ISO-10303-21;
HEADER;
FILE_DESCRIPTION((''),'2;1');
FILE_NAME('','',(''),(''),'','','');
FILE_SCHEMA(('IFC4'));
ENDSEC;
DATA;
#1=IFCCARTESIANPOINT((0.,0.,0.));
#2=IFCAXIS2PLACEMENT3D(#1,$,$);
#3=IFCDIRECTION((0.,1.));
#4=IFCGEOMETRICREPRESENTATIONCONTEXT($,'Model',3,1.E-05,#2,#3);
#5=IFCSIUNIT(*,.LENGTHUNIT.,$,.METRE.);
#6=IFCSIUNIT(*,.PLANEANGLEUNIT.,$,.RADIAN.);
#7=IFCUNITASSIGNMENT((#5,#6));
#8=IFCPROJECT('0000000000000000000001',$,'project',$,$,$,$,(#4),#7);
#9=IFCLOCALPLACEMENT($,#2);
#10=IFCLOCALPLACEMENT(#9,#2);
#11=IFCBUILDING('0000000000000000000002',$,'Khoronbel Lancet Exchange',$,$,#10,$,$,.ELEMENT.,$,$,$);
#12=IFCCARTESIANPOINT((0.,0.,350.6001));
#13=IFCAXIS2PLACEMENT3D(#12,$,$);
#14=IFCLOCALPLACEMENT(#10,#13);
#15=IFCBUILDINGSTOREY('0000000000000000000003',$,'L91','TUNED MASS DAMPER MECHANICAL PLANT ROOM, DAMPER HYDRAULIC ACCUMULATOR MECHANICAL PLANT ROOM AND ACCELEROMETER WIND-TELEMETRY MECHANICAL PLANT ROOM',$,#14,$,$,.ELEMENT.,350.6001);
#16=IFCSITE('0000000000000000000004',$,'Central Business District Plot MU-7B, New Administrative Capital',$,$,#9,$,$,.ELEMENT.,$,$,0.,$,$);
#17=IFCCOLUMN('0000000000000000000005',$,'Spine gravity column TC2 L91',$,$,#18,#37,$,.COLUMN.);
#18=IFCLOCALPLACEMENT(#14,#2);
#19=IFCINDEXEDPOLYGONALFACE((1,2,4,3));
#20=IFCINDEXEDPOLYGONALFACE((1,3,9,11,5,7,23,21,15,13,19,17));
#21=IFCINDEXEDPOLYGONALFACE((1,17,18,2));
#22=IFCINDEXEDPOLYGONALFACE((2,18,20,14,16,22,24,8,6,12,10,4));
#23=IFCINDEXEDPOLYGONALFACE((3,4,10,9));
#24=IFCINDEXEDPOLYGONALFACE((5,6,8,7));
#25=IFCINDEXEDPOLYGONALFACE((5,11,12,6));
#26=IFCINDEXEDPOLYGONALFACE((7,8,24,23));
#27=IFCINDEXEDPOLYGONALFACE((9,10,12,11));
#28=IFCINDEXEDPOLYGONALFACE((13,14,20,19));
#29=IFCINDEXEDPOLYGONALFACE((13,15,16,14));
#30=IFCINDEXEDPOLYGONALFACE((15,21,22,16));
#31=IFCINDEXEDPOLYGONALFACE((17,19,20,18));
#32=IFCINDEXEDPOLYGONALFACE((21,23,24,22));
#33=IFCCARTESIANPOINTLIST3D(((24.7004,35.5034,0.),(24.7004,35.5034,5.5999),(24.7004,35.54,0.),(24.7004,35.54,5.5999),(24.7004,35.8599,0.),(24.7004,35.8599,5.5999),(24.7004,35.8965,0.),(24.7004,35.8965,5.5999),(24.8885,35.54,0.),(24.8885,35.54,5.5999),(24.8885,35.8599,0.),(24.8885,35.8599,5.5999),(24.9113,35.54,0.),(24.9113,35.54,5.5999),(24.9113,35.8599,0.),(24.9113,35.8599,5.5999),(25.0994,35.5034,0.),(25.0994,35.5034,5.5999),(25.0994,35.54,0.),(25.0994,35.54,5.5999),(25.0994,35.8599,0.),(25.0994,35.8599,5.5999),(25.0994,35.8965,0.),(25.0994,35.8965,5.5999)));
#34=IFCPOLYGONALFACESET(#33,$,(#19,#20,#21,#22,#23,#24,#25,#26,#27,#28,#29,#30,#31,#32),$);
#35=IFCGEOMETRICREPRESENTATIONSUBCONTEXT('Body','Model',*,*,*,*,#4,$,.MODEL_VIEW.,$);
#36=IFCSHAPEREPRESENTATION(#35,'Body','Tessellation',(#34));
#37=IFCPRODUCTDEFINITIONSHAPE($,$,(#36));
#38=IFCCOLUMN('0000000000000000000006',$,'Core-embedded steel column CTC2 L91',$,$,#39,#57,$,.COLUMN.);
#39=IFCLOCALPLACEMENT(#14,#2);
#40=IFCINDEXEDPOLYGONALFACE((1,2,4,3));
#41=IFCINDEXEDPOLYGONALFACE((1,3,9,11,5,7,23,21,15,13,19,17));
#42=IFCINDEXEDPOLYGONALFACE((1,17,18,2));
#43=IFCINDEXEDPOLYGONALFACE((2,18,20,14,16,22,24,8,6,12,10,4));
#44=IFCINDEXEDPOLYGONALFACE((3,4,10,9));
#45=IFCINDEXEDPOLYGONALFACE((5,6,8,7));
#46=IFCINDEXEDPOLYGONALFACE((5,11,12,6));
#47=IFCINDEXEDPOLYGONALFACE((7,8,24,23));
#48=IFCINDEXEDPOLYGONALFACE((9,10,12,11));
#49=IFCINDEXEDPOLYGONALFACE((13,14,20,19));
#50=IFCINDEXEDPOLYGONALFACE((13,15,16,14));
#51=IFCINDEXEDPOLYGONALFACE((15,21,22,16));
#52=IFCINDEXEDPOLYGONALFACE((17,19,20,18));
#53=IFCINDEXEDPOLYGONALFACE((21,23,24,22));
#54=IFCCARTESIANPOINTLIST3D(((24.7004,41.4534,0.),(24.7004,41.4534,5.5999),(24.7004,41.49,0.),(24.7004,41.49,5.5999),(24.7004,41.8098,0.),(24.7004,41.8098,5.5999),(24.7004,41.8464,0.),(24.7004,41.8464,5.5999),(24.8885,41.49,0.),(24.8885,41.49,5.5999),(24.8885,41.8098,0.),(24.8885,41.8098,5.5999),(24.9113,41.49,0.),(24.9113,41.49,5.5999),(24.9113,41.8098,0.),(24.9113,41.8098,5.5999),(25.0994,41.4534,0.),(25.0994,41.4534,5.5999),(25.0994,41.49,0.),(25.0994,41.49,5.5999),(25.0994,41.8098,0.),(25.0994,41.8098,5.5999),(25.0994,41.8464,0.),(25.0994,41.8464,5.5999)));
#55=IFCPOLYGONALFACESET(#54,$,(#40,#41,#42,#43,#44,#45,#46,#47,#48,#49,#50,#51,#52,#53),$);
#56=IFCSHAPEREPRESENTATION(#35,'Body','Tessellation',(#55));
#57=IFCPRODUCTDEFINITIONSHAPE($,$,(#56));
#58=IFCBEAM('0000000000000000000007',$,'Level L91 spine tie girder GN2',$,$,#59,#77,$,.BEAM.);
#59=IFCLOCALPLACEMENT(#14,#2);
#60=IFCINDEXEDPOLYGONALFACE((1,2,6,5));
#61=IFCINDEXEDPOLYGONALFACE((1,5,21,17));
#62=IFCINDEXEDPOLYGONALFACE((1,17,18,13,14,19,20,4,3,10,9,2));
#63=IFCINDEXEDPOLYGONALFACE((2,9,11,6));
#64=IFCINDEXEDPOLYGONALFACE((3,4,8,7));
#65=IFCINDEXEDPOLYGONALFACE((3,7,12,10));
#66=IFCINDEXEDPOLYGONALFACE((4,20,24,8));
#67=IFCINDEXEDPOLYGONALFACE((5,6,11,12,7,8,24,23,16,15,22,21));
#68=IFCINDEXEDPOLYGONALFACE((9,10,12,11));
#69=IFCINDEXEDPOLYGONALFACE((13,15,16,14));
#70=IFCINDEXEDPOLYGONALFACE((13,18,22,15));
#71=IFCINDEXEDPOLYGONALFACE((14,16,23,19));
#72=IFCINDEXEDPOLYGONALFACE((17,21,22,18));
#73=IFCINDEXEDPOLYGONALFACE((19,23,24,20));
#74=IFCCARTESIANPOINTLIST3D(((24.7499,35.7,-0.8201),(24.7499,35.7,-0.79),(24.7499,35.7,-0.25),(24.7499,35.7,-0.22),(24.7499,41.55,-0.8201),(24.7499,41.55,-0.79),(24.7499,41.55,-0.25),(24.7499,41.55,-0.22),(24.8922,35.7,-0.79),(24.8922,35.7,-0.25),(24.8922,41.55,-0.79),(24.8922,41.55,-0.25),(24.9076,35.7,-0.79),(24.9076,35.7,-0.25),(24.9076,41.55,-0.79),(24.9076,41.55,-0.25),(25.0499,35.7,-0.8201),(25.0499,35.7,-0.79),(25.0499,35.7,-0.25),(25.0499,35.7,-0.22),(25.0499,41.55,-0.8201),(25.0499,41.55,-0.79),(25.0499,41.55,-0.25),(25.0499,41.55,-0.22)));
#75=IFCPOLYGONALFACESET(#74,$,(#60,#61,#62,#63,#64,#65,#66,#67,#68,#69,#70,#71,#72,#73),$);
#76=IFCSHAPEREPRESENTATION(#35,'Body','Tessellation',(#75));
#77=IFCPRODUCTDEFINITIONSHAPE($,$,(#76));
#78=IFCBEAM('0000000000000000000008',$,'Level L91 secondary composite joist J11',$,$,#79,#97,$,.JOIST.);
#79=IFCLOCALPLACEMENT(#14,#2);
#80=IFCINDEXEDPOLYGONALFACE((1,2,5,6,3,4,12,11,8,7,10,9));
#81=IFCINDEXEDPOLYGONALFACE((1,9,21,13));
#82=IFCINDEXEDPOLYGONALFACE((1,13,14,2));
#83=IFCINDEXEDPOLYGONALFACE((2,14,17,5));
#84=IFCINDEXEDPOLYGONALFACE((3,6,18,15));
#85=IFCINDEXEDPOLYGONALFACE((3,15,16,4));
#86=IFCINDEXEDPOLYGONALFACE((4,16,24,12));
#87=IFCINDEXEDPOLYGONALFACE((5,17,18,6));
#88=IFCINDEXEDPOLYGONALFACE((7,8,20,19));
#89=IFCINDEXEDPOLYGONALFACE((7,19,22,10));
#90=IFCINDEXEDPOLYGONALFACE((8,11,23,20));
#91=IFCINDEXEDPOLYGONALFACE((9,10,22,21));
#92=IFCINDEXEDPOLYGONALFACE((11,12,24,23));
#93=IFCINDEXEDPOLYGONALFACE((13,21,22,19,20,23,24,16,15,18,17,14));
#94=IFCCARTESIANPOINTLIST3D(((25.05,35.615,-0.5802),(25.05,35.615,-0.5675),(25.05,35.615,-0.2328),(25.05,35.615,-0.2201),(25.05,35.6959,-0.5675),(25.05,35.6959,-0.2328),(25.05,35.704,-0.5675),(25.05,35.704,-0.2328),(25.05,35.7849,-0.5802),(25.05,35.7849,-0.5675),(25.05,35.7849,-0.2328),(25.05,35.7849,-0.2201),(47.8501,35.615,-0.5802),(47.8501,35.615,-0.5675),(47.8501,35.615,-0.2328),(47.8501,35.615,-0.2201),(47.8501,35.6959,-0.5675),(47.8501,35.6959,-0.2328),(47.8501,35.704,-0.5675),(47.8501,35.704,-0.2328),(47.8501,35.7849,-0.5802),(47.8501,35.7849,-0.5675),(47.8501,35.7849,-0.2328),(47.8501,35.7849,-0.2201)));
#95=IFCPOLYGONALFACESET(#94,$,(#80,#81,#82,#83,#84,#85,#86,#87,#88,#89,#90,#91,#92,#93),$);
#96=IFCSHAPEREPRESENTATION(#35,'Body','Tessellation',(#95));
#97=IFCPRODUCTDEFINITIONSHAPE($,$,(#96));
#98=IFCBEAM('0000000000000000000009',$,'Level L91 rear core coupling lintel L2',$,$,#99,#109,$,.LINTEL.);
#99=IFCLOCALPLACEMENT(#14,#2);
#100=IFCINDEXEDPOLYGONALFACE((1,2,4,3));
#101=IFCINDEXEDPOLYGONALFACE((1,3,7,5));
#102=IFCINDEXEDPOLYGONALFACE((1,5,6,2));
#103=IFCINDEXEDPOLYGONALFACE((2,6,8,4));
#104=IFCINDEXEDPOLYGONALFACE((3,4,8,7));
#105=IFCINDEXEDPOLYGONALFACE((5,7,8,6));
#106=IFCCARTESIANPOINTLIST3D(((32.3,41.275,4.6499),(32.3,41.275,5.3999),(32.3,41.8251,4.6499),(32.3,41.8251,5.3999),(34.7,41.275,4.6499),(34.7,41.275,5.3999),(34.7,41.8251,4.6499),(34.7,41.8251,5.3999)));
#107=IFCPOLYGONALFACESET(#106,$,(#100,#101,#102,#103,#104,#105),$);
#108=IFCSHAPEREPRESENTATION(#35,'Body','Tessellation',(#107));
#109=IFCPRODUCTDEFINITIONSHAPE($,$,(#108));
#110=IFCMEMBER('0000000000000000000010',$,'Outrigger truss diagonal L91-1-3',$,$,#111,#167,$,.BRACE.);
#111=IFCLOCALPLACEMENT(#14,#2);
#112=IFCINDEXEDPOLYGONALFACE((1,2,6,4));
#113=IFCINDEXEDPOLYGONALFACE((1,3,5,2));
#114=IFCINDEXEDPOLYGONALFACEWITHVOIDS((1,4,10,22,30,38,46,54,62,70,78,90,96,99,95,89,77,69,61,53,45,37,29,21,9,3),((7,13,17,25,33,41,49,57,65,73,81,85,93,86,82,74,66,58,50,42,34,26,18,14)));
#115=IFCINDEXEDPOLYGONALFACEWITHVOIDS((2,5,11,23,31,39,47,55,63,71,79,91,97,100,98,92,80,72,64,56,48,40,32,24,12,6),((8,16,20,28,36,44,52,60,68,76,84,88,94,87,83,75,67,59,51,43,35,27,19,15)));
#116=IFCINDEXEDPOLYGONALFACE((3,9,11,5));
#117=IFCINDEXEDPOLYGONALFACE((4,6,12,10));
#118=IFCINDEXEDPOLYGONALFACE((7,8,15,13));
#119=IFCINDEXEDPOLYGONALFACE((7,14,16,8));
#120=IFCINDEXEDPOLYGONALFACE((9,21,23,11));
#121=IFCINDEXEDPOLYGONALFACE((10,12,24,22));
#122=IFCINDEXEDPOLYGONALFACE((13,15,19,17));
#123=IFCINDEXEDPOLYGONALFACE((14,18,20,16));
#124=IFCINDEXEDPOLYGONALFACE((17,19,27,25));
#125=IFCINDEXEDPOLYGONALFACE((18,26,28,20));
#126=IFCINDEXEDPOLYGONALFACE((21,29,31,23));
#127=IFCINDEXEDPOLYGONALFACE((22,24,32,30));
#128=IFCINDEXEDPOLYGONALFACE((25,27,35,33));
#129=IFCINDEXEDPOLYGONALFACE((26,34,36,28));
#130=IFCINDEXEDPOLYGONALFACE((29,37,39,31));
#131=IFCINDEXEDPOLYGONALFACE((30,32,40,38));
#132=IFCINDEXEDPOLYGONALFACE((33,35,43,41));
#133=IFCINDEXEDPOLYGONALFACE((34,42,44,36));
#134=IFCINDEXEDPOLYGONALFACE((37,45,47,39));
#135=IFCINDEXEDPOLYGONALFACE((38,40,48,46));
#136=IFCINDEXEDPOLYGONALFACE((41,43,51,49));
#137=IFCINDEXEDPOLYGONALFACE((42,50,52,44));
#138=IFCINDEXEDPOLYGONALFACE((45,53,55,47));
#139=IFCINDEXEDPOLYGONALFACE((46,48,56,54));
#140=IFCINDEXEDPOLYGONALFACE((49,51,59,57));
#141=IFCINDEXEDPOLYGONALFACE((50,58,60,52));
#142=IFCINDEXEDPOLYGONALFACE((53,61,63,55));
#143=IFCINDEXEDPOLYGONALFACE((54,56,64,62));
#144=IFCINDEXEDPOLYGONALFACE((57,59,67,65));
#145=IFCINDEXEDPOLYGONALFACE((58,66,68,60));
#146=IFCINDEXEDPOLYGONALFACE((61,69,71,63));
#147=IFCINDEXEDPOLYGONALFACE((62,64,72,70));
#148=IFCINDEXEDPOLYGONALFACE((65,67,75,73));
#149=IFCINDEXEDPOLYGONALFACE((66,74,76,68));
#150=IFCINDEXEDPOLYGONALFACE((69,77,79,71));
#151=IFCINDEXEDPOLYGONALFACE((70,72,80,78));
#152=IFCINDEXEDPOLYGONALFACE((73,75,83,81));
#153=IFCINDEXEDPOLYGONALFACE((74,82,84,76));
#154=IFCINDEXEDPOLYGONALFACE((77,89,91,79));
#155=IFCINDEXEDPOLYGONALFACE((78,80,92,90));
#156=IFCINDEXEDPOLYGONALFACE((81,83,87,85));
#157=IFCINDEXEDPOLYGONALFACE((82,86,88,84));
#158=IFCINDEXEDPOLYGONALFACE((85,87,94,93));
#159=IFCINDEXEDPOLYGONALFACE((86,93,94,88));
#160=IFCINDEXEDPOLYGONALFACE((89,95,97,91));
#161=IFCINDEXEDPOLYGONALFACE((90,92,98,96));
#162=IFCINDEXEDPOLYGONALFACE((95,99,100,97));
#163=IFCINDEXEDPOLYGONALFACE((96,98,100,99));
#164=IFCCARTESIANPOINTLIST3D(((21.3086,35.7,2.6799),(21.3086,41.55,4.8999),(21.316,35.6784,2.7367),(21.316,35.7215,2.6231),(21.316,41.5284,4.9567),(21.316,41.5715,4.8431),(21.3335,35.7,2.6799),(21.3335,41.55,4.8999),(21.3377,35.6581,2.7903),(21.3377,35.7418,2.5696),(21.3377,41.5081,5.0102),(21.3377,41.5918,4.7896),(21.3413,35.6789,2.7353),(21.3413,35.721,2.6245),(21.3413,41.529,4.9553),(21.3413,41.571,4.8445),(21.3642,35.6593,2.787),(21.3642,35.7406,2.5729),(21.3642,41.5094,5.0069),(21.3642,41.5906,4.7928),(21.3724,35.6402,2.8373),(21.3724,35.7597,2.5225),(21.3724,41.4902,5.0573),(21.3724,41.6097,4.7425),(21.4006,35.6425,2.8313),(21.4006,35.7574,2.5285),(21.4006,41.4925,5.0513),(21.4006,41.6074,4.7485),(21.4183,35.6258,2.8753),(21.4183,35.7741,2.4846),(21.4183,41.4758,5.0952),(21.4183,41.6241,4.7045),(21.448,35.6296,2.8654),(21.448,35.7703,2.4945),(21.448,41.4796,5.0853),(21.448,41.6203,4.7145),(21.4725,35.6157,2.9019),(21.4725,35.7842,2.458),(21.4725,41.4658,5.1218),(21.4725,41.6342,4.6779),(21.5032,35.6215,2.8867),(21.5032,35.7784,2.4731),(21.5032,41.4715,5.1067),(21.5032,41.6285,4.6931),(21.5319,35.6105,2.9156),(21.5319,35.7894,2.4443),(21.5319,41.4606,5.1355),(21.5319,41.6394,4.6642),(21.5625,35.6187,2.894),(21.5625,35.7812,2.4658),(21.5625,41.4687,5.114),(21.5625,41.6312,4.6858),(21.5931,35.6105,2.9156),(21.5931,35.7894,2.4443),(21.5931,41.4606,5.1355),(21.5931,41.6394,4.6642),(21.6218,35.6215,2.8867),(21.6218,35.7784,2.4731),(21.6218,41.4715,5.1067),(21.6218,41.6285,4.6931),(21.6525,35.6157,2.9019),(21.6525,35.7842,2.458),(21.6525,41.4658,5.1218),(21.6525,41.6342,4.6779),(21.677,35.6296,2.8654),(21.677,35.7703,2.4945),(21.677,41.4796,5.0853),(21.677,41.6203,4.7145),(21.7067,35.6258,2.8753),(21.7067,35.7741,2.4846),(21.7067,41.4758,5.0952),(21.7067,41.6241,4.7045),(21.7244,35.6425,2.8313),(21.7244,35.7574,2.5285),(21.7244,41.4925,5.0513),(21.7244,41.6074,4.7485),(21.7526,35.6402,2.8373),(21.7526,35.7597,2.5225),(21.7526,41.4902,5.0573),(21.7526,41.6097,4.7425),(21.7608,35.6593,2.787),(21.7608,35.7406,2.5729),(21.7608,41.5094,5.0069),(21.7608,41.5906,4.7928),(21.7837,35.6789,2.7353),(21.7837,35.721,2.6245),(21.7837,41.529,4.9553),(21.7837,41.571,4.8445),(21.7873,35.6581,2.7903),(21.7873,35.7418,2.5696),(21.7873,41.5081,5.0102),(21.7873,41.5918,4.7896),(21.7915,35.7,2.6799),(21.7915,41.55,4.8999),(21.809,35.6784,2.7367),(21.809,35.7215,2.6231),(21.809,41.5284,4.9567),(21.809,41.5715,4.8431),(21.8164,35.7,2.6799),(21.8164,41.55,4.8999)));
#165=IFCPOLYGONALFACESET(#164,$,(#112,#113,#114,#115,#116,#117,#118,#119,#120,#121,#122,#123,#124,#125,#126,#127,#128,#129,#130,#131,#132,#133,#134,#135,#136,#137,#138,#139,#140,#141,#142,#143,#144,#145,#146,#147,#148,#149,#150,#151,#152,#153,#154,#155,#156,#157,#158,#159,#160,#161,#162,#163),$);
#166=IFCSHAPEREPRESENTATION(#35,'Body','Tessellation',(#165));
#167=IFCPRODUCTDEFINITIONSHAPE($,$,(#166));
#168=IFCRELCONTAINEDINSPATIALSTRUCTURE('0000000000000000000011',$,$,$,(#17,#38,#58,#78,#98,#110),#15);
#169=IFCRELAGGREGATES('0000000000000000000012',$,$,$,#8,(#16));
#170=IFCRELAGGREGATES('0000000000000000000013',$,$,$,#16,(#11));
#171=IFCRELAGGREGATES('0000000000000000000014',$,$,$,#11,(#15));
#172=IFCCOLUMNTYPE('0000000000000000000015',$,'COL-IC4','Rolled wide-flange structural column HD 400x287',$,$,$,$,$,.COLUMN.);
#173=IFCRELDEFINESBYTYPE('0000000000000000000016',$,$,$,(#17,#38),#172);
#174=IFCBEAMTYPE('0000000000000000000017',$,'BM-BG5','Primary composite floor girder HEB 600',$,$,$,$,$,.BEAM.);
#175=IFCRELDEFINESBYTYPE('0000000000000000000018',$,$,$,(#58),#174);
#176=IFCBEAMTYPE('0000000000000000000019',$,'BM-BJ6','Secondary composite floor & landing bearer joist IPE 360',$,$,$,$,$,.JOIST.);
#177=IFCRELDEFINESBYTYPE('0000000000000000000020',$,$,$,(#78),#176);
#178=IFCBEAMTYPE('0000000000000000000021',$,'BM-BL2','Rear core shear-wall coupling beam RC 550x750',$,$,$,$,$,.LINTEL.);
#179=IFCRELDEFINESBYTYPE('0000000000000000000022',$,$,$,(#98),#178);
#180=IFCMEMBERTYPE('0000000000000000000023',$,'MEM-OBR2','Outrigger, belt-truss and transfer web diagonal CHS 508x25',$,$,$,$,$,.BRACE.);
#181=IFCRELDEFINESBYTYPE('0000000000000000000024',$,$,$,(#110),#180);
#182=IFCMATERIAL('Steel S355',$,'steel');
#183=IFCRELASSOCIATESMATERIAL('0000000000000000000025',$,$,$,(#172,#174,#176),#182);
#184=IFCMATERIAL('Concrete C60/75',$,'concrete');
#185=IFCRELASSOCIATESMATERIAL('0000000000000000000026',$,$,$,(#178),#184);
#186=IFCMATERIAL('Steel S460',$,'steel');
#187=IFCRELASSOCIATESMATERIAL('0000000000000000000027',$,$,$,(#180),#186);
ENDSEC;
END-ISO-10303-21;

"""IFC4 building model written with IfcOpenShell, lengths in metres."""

from ifc_helpers import new_model, si_unit, direction, frame, origin, origin_2d, place, context, subcontext, project, spatial, rectangle, hollow_circle, i_section, extrude, material, material_profile, profile_set, type_object, element, save


model = new_model("IFC4")

# Units and contexts
model_context = context("Model", 3, precision=1e-05, world=origin(), true_north=direction((0.0, 1.0)))
body_context = subcontext(model_context, "Body", "Model", "MODEL_VIEW")
ifc_project = project(units=[si_unit("LENGTHUNIT", "METRE"), si_unit("PLANEANGLEUNIT", "RADIAN")], contexts=[model_context])

# Site, building, storey
site_placement = place(None, origin())
site = spatial("IfcSite", under=ifc_project, at=site_placement, Name="Central Business District Plot MU-7B, New Administrative Capital", CompositionType="ELEMENT", RefElevation=0.0)
building_placement = place(site_placement, origin())
building = spatial("IfcBuilding", under=site, at=building_placement, Name="Khoronbel Lancet Exchange", CompositionType="ELEMENT")
storey_placement = place(building_placement, frame((0.0, 0.0, 350.6001)))
storey = spatial("IfcBuildingStorey", under=building, at=storey_placement, Name="L91", Description="TUNED MASS DAMPER MECHANICAL PLANT ROOM, DAMPER HYDRAULIC ACCUMULATOR MECHANICAL PLANT ROOM AND ACCELEROMETER WIND-TELEMETRY MECHANICAL PLANT ROOM", CompositionType="ELEMENT", Elevation=350.6001)

# Columns
ifc_material_1 = material(Name="Steel S355", Category="steel")
ifc_material_profile_1 = material_profile(ifc_material_1, i_section(OverallWidth=0.3989, OverallDepth=0.3931, WebThickness=0.0227, FlangeThickness=0.0366, at=origin_2d()), Name="HD 400x287")
ifc_profile_set_1 = profile_set([ifc_material_profile_1], Name="Steel S355")
column_type = type_object("IfcColumnType", Name="COL-IC4", Description="Rolled wide-flange structural column HD 400x287", PredefinedType="COLUMN", material=ifc_profile_set_1)
for number, where, z_axis, x_axis, name in (
    (1, (24.8999, 35.7, 0.0), (0.0, 0.0, 1.0), (1.0, 0.0, 0.0), "Spine gravity column TC2 L91"),
    (2, (24.8999, 41.6499, 0.0), (0.0, 0.0, 1.0), (1.0, 0.0, 0.0), "Core-embedded steel column CTC2 L91"),
):
    element("IfcColumn", number, at=place(storey_placement, frame(where, z_axis=z_axis, x_axis=x_axis)), inside=storey, type_object=column_type, Name=name, PredefinedType="COLUMN", context=body_context, shape_type="SweptSolid", body=[
        extrude(i_section(OverallWidth=0.3989, OverallDepth=0.3931, WebThickness=0.0227, FlangeThickness=0.0366, at=origin_2d()), origin(), (0.0, 0.0, 1.0), 5.5999),
    ])

# Beams
ifc_material_profile_2 = material_profile(ifc_material_1, i_section(OverallWidth=0.3, OverallDepth=0.6001, WebThickness=0.0154, FlangeThickness=0.03, at=origin_2d()), Name="HEB 600")
ifc_profile_set_2 = profile_set([ifc_material_profile_2], Name="Steel S355")
beam_type_1 = type_object("IfcBeamType", Name="BM-BG5", Description="Primary composite floor girder HEB 600", PredefinedType="BEAM", material=ifc_profile_set_2)
beam_1_placement = place(storey_placement, frame((24.8999, 35.7, -0.52), z_axis=(0.0, 1.0, 0.0), x_axis=(-1.0, 0.0, 0.0)))
element("IfcBeam", 3, at=beam_1_placement, inside=storey, type_object=beam_type_1, Name="Level L91 spine tie girder GN2", PredefinedType="BEAM", context=body_context, shape_type="SweptSolid", body=[
    extrude(i_section(OverallWidth=0.3, OverallDepth=0.6001, WebThickness=0.0154, FlangeThickness=0.03, at=origin_2d()), origin(), (0.0, 0.0, 1.0), 5.8501),
])
ifc_material_profile_3 = material_profile(ifc_material_1, i_section(OverallWidth=0.1699, OverallDepth=0.3601, WebThickness=0.0081, FlangeThickness=0.0127, at=origin_2d()), Name="IPE 360")
ifc_profile_set_3 = profile_set([ifc_material_profile_3], Name="Steel S355")
beam_type_2 = type_object("IfcBeamType", Name="BM-BJ6", Description="Secondary composite floor & landing bearer joist IPE 360", PredefinedType="JOIST", material=ifc_profile_set_3)
beam_2_placement = place(storey_placement, frame((25.05, 35.7, -0.4001), z_axis=(1.0, 0.0, 0.0), x_axis=(0.0, 1.0, 0.0)))
element("IfcBeam", 4, at=beam_2_placement, inside=storey, type_object=beam_type_2, Name="Level L91 secondary composite joist J11", PredefinedType="JOIST", context=body_context, shape_type="SweptSolid", body=[
    extrude(i_section(OverallWidth=0.1699, OverallDepth=0.3601, WebThickness=0.0081, FlangeThickness=0.0127, at=origin_2d()), origin(), (0.0, 0.0, 1.0), 22.8),
])
ifc_material_2 = material(Name="Concrete C60/75", Category="concrete")
ifc_material_profile_4 = material_profile(ifc_material_2, rectangle(XDim=0.55, YDim=0.75, at=origin_2d()), Name="RC 550x750")
ifc_profile_set_4 = profile_set([ifc_material_profile_4], Name="Concrete C60/75")
beam_type_3 = type_object("IfcBeamType", Name="BM-BL2", Description="Rear core shear-wall coupling beam RC 550x750", PredefinedType="LINTEL", material=ifc_profile_set_4)
beam_3_placement = place(storey_placement, frame((32.3, 41.55, 5.0249), z_axis=(1.0, 0.0, 0.0), x_axis=(0.0, 1.0, 0.0)))
element("IfcBeam", 5, at=beam_3_placement, inside=storey, type_object=beam_type_3, Name="Level L91 rear core coupling lintel L2", PredefinedType="LINTEL", context=body_context, shape_type="SweptSolid", body=[
    extrude(rectangle(XDim=0.55, YDim=0.75, at=origin_2d()), origin(), (0.0, 0.0, 1.0), 2.3999),
])

# Member
ifc_material_3 = material(Name="Steel S460", Category="steel")
ifc_material_profile_5 = material_profile(ifc_material_3, hollow_circle(Radius=0.2539, WallThickness=0.0249, at=origin_2d()), Name="CHS 508x25")
ifc_profile_set_5 = profile_set([ifc_material_profile_5], Name="Steel S460")
member_type_1 = type_object("IfcMemberType", Name="MEM-OBR2", Description="Outrigger, belt-truss and transfer web diagonal CHS 508x25", PredefinedType="BRACE", material=ifc_profile_set_5)
for number, where, z_axis, x_axis, name in (
    (6, (21.5625, 35.7, 2.6799), (0.0, 0.934946, 0.354789), (-1.0, 0.0, 0.0), "Outrigger truss diagonal L91-1-3"),
):
    element("IfcMember", number, at=place(storey_placement, frame(where, z_axis=z_axis, x_axis=x_axis)), inside=storey, type_object=member_type_1, Name=name, PredefinedType="BRACE", context=body_context, shape_type="SweptSolid", body=[
        extrude(hollow_circle(Radius=0.2539, WallThickness=0.0249, at=origin_2d()), origin(), (0.0, 0.0, 1.0), 6.2571),
    ])

save(model, "model.ifc")
